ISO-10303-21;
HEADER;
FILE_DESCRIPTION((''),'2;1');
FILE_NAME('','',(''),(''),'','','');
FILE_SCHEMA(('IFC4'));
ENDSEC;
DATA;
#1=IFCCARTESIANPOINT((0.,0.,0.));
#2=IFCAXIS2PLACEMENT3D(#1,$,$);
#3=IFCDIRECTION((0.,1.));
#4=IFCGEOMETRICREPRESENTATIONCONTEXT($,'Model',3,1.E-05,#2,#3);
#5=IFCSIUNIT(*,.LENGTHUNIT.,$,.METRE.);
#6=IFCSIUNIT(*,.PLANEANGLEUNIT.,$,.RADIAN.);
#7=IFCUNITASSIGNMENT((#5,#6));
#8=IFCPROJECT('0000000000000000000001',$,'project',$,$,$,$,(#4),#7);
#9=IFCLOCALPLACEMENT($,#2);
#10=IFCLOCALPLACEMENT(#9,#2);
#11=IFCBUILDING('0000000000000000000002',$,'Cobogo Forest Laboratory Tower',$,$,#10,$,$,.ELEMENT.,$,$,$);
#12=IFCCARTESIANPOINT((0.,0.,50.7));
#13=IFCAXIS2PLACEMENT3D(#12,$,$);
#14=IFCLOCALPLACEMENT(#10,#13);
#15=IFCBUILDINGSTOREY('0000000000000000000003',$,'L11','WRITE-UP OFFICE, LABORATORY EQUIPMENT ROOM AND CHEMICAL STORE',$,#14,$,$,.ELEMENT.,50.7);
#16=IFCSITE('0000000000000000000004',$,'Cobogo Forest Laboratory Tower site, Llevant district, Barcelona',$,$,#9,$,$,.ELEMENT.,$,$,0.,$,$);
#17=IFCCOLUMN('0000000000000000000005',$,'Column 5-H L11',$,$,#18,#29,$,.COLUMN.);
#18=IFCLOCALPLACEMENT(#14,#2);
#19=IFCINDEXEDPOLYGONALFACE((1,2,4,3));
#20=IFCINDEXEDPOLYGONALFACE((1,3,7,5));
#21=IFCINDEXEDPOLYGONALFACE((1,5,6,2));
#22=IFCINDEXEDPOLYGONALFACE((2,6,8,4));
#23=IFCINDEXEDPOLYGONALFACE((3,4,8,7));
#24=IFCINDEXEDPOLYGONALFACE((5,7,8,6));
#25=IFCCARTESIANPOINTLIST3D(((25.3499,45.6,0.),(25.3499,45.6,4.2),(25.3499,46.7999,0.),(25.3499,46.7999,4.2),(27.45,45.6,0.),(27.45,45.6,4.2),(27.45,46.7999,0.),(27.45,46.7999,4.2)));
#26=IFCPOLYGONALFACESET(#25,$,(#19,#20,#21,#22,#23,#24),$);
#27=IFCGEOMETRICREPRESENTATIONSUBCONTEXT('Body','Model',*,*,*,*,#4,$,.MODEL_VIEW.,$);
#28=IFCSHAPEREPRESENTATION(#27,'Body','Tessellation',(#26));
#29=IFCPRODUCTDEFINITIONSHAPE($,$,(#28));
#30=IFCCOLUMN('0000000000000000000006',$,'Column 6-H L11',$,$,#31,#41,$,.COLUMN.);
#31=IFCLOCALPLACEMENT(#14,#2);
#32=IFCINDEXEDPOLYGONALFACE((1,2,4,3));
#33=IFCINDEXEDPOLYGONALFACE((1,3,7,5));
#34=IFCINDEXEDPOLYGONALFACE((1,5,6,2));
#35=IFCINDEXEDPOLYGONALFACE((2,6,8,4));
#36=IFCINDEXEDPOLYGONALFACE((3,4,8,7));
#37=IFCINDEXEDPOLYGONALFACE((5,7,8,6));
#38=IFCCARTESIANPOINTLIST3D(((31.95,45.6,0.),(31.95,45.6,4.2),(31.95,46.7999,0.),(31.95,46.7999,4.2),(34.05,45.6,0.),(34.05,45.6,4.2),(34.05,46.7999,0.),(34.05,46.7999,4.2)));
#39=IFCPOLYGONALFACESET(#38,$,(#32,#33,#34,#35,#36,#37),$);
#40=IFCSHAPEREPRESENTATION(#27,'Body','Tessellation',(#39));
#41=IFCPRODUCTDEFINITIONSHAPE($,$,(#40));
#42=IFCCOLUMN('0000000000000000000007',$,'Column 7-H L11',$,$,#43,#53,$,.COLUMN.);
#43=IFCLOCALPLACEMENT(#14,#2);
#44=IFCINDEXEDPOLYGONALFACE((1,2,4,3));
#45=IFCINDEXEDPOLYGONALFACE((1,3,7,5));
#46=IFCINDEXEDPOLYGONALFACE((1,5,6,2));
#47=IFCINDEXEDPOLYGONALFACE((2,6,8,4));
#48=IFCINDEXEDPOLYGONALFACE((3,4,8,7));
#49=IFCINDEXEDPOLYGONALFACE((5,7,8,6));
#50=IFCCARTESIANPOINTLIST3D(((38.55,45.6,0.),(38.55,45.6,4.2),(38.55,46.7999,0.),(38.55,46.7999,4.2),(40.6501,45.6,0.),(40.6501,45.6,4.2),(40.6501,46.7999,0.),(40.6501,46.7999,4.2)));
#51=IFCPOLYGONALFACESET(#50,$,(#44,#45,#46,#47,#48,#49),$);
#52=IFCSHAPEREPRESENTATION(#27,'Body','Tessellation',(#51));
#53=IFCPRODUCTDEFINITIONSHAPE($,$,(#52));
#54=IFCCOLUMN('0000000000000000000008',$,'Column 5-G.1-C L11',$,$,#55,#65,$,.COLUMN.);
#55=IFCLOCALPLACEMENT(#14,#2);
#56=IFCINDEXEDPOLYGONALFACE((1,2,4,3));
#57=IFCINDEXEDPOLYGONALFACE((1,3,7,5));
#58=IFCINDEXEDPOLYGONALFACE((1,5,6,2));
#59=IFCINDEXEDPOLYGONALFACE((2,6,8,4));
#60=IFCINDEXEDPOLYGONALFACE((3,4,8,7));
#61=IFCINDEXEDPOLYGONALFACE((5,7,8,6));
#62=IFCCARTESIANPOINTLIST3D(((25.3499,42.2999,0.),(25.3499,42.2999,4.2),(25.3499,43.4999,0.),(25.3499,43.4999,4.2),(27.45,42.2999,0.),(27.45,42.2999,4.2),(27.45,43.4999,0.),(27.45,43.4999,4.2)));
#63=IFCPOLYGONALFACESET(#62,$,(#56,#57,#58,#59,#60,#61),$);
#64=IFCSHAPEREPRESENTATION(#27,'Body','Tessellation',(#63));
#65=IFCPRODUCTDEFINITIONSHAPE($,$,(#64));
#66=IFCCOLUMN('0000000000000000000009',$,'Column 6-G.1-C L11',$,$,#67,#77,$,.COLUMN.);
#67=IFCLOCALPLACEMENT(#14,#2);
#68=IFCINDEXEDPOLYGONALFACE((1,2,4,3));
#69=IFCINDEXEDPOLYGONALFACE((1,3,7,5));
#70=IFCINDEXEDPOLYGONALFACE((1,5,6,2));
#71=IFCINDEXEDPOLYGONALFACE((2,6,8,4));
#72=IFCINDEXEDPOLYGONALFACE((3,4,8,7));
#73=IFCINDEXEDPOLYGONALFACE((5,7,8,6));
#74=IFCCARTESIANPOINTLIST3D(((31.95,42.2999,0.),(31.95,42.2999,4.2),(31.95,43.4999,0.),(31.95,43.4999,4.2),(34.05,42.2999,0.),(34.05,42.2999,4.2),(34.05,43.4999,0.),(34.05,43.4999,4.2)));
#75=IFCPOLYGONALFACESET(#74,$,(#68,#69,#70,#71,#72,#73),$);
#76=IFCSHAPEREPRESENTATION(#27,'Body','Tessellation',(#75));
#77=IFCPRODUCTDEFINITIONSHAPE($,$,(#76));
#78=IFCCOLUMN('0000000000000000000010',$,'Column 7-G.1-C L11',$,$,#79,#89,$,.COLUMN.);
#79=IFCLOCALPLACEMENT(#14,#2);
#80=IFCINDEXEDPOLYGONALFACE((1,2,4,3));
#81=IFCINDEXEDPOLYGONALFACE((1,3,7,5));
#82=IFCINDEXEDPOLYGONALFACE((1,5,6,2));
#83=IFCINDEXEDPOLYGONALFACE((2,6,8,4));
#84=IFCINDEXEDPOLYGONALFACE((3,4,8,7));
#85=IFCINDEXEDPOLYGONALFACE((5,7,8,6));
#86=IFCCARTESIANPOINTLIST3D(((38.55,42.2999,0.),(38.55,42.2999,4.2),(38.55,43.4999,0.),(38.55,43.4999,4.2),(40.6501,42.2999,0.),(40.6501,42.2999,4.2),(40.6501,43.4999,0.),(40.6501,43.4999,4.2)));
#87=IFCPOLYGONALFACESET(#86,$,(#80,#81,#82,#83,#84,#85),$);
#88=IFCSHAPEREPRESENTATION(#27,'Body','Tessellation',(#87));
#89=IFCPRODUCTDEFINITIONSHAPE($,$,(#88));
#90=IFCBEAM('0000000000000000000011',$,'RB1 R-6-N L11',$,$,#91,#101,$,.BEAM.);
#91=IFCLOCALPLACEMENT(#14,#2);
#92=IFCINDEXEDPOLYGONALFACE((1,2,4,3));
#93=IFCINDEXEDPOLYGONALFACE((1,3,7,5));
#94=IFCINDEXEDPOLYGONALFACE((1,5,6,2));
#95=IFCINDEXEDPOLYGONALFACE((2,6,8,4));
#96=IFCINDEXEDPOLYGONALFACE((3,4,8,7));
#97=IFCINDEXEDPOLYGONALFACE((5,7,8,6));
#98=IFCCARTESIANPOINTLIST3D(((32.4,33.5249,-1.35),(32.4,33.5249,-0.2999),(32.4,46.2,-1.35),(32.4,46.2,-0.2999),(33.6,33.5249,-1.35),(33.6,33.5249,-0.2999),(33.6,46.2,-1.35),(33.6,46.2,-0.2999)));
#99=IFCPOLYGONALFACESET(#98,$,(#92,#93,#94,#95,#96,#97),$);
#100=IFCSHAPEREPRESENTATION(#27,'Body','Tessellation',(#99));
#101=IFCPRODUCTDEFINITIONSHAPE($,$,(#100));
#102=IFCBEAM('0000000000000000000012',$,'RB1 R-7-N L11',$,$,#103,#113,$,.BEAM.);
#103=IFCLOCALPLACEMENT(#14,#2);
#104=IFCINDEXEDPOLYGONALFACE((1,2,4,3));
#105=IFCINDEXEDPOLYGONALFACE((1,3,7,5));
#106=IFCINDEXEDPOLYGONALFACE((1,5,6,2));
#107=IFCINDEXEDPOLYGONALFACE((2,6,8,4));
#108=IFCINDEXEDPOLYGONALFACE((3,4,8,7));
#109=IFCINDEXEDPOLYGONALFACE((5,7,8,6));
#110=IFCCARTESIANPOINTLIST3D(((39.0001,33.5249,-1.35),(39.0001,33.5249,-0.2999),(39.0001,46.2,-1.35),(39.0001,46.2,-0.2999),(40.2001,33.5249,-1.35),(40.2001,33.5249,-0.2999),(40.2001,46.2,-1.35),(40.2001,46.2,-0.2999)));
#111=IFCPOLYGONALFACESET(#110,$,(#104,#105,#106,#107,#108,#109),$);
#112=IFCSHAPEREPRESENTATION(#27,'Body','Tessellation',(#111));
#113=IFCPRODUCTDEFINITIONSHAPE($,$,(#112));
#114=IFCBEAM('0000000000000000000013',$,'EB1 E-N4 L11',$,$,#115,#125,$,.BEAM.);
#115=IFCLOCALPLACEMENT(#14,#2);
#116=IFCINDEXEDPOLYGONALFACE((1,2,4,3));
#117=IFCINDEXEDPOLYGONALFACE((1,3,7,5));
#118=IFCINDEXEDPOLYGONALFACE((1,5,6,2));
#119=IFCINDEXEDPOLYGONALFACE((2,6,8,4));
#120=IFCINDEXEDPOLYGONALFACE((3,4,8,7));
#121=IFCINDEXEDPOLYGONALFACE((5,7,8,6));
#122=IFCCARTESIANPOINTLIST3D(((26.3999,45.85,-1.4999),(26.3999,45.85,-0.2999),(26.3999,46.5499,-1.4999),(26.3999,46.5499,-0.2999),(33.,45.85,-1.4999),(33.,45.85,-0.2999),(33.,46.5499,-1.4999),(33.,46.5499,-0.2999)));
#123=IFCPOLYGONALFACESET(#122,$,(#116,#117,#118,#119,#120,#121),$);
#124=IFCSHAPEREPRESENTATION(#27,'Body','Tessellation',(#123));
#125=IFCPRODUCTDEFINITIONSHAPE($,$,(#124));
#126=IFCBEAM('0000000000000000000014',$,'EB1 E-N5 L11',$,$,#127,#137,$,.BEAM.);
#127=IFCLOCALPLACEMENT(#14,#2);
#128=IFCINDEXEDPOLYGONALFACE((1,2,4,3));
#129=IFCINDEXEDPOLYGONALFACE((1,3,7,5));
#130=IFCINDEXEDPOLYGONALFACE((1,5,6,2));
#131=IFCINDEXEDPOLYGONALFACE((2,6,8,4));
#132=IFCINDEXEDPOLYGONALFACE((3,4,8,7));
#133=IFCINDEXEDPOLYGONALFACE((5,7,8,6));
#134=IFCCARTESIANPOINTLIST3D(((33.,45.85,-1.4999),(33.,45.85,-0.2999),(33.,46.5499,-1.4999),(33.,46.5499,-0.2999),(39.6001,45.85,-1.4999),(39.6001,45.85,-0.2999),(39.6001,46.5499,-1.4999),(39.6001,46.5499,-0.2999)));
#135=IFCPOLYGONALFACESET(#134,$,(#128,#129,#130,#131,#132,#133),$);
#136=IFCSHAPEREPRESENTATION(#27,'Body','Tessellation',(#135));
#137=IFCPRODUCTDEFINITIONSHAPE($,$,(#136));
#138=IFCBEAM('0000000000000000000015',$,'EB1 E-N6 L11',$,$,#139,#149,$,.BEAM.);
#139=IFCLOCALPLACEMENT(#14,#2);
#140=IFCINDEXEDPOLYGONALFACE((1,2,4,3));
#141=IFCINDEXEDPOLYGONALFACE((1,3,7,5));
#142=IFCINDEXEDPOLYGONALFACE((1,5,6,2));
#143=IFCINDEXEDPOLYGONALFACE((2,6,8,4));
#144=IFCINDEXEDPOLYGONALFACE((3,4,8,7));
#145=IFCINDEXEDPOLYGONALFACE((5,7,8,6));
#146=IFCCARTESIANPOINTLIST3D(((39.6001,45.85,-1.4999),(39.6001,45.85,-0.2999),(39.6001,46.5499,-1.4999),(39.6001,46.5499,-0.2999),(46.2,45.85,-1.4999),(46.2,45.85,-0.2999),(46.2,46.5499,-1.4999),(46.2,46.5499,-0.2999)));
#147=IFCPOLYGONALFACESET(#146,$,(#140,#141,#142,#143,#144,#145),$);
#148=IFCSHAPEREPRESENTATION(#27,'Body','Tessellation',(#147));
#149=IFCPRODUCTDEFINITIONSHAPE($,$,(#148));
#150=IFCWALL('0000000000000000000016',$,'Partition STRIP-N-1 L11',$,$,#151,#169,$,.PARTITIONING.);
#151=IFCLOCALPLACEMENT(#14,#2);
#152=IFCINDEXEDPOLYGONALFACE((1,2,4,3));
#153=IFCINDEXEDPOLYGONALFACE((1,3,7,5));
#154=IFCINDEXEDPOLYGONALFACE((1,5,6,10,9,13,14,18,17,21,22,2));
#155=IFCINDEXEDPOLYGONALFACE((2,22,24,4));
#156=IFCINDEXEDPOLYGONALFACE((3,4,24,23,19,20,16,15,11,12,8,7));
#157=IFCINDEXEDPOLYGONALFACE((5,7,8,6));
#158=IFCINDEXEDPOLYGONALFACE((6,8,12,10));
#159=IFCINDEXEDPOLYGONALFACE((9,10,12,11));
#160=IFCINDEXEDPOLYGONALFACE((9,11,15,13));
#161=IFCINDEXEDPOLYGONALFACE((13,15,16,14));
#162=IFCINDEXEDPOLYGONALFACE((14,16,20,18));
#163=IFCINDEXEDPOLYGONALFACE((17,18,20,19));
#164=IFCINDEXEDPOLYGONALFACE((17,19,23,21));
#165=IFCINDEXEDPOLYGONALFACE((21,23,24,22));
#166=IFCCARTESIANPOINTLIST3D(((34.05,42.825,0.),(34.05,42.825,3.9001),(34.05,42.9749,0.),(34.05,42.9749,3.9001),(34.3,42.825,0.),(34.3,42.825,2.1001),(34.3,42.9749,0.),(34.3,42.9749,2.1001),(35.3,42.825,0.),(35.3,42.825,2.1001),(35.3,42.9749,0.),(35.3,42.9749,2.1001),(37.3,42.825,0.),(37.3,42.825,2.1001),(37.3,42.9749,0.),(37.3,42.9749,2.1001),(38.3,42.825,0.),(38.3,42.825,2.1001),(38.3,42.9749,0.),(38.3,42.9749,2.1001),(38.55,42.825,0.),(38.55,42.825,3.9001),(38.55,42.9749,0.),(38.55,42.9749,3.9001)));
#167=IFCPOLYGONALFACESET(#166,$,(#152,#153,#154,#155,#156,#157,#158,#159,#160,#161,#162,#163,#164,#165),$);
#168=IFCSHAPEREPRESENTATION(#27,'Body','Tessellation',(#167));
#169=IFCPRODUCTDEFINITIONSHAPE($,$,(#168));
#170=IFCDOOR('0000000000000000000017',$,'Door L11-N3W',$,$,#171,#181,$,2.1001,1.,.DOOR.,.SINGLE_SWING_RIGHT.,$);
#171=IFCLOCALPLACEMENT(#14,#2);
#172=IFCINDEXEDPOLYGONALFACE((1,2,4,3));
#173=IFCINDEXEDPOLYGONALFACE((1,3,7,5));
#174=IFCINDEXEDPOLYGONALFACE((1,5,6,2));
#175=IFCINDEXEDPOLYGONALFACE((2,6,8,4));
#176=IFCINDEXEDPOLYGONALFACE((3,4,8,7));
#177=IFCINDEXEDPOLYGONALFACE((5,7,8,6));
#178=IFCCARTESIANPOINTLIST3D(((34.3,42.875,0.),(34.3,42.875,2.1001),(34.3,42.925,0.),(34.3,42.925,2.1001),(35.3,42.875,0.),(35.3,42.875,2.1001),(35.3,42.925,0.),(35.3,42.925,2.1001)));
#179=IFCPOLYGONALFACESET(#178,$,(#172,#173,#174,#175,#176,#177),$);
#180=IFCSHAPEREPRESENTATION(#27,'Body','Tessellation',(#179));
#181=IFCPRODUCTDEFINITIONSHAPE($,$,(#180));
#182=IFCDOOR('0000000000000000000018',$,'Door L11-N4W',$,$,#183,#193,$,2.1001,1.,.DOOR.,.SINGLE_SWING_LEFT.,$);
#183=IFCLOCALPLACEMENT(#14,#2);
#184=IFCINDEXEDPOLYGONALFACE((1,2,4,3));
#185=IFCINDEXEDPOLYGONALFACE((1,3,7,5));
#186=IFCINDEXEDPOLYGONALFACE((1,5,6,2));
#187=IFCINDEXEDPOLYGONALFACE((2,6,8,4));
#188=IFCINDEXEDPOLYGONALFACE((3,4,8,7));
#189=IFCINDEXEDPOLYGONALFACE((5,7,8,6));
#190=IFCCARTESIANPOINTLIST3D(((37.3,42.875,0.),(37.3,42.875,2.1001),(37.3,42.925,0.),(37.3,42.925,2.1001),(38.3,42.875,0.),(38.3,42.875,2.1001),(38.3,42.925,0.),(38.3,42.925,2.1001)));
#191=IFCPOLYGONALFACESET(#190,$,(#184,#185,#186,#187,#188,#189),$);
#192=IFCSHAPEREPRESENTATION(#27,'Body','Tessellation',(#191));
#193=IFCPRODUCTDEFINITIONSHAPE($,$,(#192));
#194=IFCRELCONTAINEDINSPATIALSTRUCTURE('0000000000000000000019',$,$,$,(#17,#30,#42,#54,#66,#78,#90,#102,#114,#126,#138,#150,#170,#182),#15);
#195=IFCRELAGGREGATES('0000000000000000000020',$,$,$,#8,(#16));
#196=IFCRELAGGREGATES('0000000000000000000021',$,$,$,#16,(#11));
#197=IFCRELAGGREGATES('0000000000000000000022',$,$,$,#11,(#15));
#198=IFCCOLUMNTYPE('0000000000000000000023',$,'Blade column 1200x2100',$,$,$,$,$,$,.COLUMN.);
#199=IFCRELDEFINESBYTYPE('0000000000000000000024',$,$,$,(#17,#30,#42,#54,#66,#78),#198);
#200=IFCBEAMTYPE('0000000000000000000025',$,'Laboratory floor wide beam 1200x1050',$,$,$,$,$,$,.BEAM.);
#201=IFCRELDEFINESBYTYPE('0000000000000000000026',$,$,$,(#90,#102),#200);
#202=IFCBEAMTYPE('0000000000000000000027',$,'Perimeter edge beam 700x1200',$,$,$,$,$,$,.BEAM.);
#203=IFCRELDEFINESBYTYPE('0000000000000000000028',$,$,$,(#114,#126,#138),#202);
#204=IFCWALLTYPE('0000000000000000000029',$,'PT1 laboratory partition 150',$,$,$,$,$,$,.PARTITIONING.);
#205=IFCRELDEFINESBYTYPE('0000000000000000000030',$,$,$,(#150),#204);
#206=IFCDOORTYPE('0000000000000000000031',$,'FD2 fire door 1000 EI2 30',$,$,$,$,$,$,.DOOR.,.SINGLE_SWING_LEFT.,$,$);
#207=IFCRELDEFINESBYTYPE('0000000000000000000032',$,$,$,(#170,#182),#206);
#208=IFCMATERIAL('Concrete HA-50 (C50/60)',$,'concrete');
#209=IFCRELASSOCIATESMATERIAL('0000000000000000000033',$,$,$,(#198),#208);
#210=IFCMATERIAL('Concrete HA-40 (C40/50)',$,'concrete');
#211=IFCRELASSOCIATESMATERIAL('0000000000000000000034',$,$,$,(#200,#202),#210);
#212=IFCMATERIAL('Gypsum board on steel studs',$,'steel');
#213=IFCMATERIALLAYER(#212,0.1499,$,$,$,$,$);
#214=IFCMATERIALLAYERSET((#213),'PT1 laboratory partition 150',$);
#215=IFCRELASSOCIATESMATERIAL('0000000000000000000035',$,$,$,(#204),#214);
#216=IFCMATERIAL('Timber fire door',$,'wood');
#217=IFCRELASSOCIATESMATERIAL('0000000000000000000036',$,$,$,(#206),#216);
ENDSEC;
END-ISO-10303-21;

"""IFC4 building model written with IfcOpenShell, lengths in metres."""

from ifc_helpers import new_model, si_unit, direction, frame, frame_2d, origin, origin_2d, place, context, subcontext, project, spatial, rectangle, extrude, material, layer, layer_set, material_profile, profile_set, type_object, element, fill, save


model = new_model("IFC4")

# Units and contexts
model_context = context("Model", 3, precision=1e-05, world=origin(), true_north=direction((0.0, 1.0)))
body_context = subcontext(model_context, "Body", "Model", "MODEL_VIEW")
ifc_project = project(units=[si_unit("LENGTHUNIT", "METRE"), si_unit("PLANEANGLEUNIT", "RADIAN")], contexts=[model_context])

# Site, building, storey
site_placement = place(None, origin())
site = spatial("IfcSite", under=ifc_project, at=site_placement, Name="Cobogo Forest Laboratory Tower site, Llevant district, Barcelona", CompositionType="ELEMENT", RefElevation=0.0)
building_placement = place(site_placement, origin())
building = spatial("IfcBuilding", under=site, at=building_placement, Name="Cobogo Forest Laboratory Tower", CompositionType="ELEMENT")
storey_placement = place(building_placement, frame((0.0, 0.0, 50.7)))
storey = spatial("IfcBuildingStorey", under=building, at=storey_placement, Name="L11", Description="WRITE-UP OFFICE, LABORATORY EQUIPMENT ROOM AND CHEMICAL STORE", CompositionType="ELEMENT", Elevation=50.7)

# Columns
ifc_material_1 = material(Name="Concrete HA-50 (C50/60)", Category="concrete")
ifc_material_profile_1 = material_profile(ifc_material_1, rectangle(XDim=2.1001, YDim=1.2, at=origin_2d()), Name="RC 1200x2100")
ifc_profile_set_1 = profile_set([ifc_material_profile_1], Name="Concrete HA-50 (C50/60)")
column_type = type_object("IfcColumnType", Name="Blade column 1200x2100", PredefinedType="COLUMN", material=ifc_profile_set_1)
for number, where, z_axis, x_axis, name in (
    (1, (26.3999, 46.2, 0.0), (0.0, 0.0, 1.0), (1.0, 0.0, 0.0), "Column 5-H L11"),
    (2, (33.0, 46.2, 0.0), (0.0, 0.0, 1.0), (1.0, 0.0, 0.0), "Column 6-H L11"),
    (3, (39.6001, 46.2, 0.0), (0.0, 0.0, 1.0), (1.0, 0.0, 0.0), "Column 7-H L11"),
    (4, (26.3999, 42.8999, 0.0), (0.0, 0.0, 1.0), (1.0, 0.0, 0.0), "Column 5-G.1-C L11"),
    (5, (33.0, 42.8999, 0.0), (0.0, 0.0, 1.0), (1.0, 0.0, 0.0), "Column 6-G.1-C L11"),
    (6, (39.6001, 42.8999, 0.0), (0.0, 0.0, 1.0), (1.0, 0.0, 0.0), "Column 7-G.1-C L11"),
):
    element("IfcColumn", number, at=place(storey_placement, frame(where, z_axis=z_axis, x_axis=x_axis)), inside=storey, type_object=column_type, Name=name, PredefinedType="COLUMN", context=body_context, shape_type="SweptSolid", body=[
        extrude(rectangle(XDim=2.1001, YDim=1.2, at=origin_2d()), origin(), (0.0, 0.0, 1.0), 4.2),
    ])

# Beams
ifc_material_2 = material(Name="Concrete HA-40 (C40/50)", Category="concrete")
ifc_material_profile_2 = material_profile(ifc_material_2, rectangle(XDim=1.2, YDim=1.05, at=origin_2d()), Name="RC 1200x1050")
ifc_profile_set_2 = profile_set([ifc_material_profile_2], Name="Concrete HA-40 (C40/50)")
beam_type_1 = type_object("IfcBeamType", Name="Laboratory floor wide beam 1200x1050", PredefinedType="BEAM", material=ifc_profile_set_2)
for number, where, z_axis, x_axis, name in (
    (7, (33.0, 33.5249, -0.825), (0.0, 1.0, 0.0), (-1.0, 0.0, 0.0), "RB1 R-6-N L11"),
    (8, (39.6001, 33.5249, -0.825), (0.0, 1.0, 0.0), (-1.0, 0.0, 0.0), "RB1 R-7-N L11"),
):
    element("IfcBeam", number, at=place(storey_placement, frame(where, z_axis=z_axis, x_axis=x_axis)), inside=storey, type_object=beam_type_1, Name=name, PredefinedType="BEAM", context=body_context, shape_type="SweptSolid", body=[
        extrude(rectangle(XDim=1.2, YDim=1.05, at=origin_2d()), origin(), (0.0, 0.0, 1.0), 12.675),
    ])
ifc_material_profile_3 = material_profile(ifc_material_2, rectangle(XDim=0.7, YDim=1.2, at=origin_2d()), Name="RC 700x1200")
ifc_profile_set_3 = profile_set([ifc_material_profile_3], Name="Concrete HA-40 (C40/50)")
beam_type_2 = type_object("IfcBeamType", Name="Perimeter edge beam 700x1200", PredefinedType="BEAM", material=ifc_profile_set_3)
for number, where, z_axis, x_axis, name in (
    (9, (26.3999, 46.2, -0.8999), (1.0, 0.0, 0.0), (0.0, 1.0, 0.0), "EB1 E-N4 L11"),
    (10, (33.0, 46.2, -0.8999), (1.0, 0.0, 0.0), (0.0, 1.0, 0.0), "EB1 E-N5 L11"),
):
    element("IfcBeam", number, at=place(storey_placement, frame(where, z_axis=z_axis, x_axis=x_axis)), inside=storey, type_object=beam_type_2, Name=name, PredefinedType="BEAM", context=body_context, shape_type="SweptSolid", body=[
        extrude(rectangle(XDim=0.7, YDim=1.2, at=origin_2d()), origin(), (0.0, 0.0, 1.0), 6.6001),
    ])
beam_placement = place(storey_placement, frame((39.6001, 46.2, -0.8999), z_axis=(1.0, 0.0, 0.0), x_axis=(0.0, 1.0, 0.0)))
element("IfcBeam", 11, at=beam_placement, inside=storey, type_object=beam_type_2, Name="EB1 E-N6 L11", PredefinedType="BEAM", context=body_context, shape_type="SweptSolid", body=[
    extrude(rectangle(XDim=0.7, YDim=1.2, at=origin_2d()), origin(), (0.0, 0.0, 1.0), 6.5999),
])

# Wall, openings, doors
ifc_material_3 = material(Name="Gypsum board on steel studs", Category="steel")
ifc_layer = layer(ifc_material_3, 0.1499)
ifc_layer_set = layer_set([ifc_layer], Name="PT1 laboratory partition 150")
wall_type = type_object("IfcWallType", Name="PT1 laboratory partition 150", PredefinedType="PARTITIONING", material=ifc_layer_set)
wall_1_placement = place(storey_placement, frame((38.55, 42.8999, 0.0), z_axis=(0.0, 0.0, 1.0), x_axis=(-1.0, 0.0, 0.0)))
wall_1 = element("IfcWall", 12, at=wall_1_placement, inside=storey, type_object=wall_type, Name="Partition STRIP-N-1 L11", PredefinedType="PARTITIONING", context=body_context, shape_type="SweptSolid", body=[
    extrude(rectangle(XDim=4.5, YDim=0.1499, at=frame_2d((2.25, 0.0))), origin(), (0.0, 0.0, 1.0), 3.9001),
])
opening_1_placement = place(wall_1_placement, frame((3.25, 0.0, 0.0)))
opening_1 = element("IfcOpeningElement", 13, at=opening_1_placement, cuts=wall_1, PredefinedType="OPENING", context=body_context, shape_type="SweptSolid", body=[
    extrude(rectangle(XDim=1.0, YDim=2.1001, at=frame_2d((0.5, 1.05))), frame((0.0, 0.085, 0.0), z_axis=(0.0, -1.0, 0.0), x_axis=(1.0, 0.0, 0.0)), (0.0, 0.0, 1.0), 0.1699),
])
opening_2_placement = place(wall_1_placement, frame((0.25, 0.0, 0.0)))
opening_2 = element("IfcOpeningElement", 14, at=opening_2_placement, cuts=wall_1, PredefinedType="OPENING", context=body_context, shape_type="SweptSolid", body=[
    extrude(rectangle(XDim=1.0, YDim=2.1001, at=frame_2d((0.5, 1.05))), frame((0.0, 0.085, 0.0), z_axis=(0.0, -1.0, 0.0), x_axis=(1.0, 0.0, 0.0)), (0.0, 0.0, 1.0), 0.1699),
])
ifc_material_4 = material(Name="Timber fire door", Category="wood")
door_type = type_object("IfcDoorType", Name="FD2 fire door 1000 EI2 30", OperationType="SINGLE_SWING_LEFT", PredefinedType="DOOR", material=ifc_material_4)
door_1_placement = place(opening_1_placement, origin())
door_1 = element("IfcDoor", 15, at=door_1_placement, inside=storey, type_object=door_type, Name="Door L11-N3W", OperationType="SINGLE_SWING_RIGHT", OverallHeight=2.1001, OverallWidth=1.0, PredefinedType="DOOR", context=body_context, shape_type="SweptSolid", body=[
    extrude(rectangle(XDim=1.0, YDim=2.1001, at=frame_2d((0.5, 1.05))), frame((0.0, 0.0249, 0.0), z_axis=(0.0, -1.0, 0.0), x_axis=(1.0, 0.0, 0.0)), (0.0, 0.0, 1.0), 0.05),
])
fill(opening_1, door_1)
door_2_placement = place(opening_2_placement, origin())
door_2 = element("IfcDoor", 16, at=door_2_placement, inside=storey, type_object=door_type, Name="Door L11-N4W", OperationType="SINGLE_SWING_LEFT", OverallHeight=2.1001, OverallWidth=1.0, PredefinedType="DOOR", context=body_context, shape_type="SweptSolid", body=[
    extrude(rectangle(XDim=1.0, YDim=2.1001, at=frame_2d((0.5, 1.05))), frame((0.0, 0.0249, 0.0), z_axis=(0.0, -1.0, 0.0), x_axis=(1.0, 0.0, 0.0)), (0.0, 0.0, 1.0), 0.05),
])
fill(opening_2, door_2)

save(model, "model.ifc")
